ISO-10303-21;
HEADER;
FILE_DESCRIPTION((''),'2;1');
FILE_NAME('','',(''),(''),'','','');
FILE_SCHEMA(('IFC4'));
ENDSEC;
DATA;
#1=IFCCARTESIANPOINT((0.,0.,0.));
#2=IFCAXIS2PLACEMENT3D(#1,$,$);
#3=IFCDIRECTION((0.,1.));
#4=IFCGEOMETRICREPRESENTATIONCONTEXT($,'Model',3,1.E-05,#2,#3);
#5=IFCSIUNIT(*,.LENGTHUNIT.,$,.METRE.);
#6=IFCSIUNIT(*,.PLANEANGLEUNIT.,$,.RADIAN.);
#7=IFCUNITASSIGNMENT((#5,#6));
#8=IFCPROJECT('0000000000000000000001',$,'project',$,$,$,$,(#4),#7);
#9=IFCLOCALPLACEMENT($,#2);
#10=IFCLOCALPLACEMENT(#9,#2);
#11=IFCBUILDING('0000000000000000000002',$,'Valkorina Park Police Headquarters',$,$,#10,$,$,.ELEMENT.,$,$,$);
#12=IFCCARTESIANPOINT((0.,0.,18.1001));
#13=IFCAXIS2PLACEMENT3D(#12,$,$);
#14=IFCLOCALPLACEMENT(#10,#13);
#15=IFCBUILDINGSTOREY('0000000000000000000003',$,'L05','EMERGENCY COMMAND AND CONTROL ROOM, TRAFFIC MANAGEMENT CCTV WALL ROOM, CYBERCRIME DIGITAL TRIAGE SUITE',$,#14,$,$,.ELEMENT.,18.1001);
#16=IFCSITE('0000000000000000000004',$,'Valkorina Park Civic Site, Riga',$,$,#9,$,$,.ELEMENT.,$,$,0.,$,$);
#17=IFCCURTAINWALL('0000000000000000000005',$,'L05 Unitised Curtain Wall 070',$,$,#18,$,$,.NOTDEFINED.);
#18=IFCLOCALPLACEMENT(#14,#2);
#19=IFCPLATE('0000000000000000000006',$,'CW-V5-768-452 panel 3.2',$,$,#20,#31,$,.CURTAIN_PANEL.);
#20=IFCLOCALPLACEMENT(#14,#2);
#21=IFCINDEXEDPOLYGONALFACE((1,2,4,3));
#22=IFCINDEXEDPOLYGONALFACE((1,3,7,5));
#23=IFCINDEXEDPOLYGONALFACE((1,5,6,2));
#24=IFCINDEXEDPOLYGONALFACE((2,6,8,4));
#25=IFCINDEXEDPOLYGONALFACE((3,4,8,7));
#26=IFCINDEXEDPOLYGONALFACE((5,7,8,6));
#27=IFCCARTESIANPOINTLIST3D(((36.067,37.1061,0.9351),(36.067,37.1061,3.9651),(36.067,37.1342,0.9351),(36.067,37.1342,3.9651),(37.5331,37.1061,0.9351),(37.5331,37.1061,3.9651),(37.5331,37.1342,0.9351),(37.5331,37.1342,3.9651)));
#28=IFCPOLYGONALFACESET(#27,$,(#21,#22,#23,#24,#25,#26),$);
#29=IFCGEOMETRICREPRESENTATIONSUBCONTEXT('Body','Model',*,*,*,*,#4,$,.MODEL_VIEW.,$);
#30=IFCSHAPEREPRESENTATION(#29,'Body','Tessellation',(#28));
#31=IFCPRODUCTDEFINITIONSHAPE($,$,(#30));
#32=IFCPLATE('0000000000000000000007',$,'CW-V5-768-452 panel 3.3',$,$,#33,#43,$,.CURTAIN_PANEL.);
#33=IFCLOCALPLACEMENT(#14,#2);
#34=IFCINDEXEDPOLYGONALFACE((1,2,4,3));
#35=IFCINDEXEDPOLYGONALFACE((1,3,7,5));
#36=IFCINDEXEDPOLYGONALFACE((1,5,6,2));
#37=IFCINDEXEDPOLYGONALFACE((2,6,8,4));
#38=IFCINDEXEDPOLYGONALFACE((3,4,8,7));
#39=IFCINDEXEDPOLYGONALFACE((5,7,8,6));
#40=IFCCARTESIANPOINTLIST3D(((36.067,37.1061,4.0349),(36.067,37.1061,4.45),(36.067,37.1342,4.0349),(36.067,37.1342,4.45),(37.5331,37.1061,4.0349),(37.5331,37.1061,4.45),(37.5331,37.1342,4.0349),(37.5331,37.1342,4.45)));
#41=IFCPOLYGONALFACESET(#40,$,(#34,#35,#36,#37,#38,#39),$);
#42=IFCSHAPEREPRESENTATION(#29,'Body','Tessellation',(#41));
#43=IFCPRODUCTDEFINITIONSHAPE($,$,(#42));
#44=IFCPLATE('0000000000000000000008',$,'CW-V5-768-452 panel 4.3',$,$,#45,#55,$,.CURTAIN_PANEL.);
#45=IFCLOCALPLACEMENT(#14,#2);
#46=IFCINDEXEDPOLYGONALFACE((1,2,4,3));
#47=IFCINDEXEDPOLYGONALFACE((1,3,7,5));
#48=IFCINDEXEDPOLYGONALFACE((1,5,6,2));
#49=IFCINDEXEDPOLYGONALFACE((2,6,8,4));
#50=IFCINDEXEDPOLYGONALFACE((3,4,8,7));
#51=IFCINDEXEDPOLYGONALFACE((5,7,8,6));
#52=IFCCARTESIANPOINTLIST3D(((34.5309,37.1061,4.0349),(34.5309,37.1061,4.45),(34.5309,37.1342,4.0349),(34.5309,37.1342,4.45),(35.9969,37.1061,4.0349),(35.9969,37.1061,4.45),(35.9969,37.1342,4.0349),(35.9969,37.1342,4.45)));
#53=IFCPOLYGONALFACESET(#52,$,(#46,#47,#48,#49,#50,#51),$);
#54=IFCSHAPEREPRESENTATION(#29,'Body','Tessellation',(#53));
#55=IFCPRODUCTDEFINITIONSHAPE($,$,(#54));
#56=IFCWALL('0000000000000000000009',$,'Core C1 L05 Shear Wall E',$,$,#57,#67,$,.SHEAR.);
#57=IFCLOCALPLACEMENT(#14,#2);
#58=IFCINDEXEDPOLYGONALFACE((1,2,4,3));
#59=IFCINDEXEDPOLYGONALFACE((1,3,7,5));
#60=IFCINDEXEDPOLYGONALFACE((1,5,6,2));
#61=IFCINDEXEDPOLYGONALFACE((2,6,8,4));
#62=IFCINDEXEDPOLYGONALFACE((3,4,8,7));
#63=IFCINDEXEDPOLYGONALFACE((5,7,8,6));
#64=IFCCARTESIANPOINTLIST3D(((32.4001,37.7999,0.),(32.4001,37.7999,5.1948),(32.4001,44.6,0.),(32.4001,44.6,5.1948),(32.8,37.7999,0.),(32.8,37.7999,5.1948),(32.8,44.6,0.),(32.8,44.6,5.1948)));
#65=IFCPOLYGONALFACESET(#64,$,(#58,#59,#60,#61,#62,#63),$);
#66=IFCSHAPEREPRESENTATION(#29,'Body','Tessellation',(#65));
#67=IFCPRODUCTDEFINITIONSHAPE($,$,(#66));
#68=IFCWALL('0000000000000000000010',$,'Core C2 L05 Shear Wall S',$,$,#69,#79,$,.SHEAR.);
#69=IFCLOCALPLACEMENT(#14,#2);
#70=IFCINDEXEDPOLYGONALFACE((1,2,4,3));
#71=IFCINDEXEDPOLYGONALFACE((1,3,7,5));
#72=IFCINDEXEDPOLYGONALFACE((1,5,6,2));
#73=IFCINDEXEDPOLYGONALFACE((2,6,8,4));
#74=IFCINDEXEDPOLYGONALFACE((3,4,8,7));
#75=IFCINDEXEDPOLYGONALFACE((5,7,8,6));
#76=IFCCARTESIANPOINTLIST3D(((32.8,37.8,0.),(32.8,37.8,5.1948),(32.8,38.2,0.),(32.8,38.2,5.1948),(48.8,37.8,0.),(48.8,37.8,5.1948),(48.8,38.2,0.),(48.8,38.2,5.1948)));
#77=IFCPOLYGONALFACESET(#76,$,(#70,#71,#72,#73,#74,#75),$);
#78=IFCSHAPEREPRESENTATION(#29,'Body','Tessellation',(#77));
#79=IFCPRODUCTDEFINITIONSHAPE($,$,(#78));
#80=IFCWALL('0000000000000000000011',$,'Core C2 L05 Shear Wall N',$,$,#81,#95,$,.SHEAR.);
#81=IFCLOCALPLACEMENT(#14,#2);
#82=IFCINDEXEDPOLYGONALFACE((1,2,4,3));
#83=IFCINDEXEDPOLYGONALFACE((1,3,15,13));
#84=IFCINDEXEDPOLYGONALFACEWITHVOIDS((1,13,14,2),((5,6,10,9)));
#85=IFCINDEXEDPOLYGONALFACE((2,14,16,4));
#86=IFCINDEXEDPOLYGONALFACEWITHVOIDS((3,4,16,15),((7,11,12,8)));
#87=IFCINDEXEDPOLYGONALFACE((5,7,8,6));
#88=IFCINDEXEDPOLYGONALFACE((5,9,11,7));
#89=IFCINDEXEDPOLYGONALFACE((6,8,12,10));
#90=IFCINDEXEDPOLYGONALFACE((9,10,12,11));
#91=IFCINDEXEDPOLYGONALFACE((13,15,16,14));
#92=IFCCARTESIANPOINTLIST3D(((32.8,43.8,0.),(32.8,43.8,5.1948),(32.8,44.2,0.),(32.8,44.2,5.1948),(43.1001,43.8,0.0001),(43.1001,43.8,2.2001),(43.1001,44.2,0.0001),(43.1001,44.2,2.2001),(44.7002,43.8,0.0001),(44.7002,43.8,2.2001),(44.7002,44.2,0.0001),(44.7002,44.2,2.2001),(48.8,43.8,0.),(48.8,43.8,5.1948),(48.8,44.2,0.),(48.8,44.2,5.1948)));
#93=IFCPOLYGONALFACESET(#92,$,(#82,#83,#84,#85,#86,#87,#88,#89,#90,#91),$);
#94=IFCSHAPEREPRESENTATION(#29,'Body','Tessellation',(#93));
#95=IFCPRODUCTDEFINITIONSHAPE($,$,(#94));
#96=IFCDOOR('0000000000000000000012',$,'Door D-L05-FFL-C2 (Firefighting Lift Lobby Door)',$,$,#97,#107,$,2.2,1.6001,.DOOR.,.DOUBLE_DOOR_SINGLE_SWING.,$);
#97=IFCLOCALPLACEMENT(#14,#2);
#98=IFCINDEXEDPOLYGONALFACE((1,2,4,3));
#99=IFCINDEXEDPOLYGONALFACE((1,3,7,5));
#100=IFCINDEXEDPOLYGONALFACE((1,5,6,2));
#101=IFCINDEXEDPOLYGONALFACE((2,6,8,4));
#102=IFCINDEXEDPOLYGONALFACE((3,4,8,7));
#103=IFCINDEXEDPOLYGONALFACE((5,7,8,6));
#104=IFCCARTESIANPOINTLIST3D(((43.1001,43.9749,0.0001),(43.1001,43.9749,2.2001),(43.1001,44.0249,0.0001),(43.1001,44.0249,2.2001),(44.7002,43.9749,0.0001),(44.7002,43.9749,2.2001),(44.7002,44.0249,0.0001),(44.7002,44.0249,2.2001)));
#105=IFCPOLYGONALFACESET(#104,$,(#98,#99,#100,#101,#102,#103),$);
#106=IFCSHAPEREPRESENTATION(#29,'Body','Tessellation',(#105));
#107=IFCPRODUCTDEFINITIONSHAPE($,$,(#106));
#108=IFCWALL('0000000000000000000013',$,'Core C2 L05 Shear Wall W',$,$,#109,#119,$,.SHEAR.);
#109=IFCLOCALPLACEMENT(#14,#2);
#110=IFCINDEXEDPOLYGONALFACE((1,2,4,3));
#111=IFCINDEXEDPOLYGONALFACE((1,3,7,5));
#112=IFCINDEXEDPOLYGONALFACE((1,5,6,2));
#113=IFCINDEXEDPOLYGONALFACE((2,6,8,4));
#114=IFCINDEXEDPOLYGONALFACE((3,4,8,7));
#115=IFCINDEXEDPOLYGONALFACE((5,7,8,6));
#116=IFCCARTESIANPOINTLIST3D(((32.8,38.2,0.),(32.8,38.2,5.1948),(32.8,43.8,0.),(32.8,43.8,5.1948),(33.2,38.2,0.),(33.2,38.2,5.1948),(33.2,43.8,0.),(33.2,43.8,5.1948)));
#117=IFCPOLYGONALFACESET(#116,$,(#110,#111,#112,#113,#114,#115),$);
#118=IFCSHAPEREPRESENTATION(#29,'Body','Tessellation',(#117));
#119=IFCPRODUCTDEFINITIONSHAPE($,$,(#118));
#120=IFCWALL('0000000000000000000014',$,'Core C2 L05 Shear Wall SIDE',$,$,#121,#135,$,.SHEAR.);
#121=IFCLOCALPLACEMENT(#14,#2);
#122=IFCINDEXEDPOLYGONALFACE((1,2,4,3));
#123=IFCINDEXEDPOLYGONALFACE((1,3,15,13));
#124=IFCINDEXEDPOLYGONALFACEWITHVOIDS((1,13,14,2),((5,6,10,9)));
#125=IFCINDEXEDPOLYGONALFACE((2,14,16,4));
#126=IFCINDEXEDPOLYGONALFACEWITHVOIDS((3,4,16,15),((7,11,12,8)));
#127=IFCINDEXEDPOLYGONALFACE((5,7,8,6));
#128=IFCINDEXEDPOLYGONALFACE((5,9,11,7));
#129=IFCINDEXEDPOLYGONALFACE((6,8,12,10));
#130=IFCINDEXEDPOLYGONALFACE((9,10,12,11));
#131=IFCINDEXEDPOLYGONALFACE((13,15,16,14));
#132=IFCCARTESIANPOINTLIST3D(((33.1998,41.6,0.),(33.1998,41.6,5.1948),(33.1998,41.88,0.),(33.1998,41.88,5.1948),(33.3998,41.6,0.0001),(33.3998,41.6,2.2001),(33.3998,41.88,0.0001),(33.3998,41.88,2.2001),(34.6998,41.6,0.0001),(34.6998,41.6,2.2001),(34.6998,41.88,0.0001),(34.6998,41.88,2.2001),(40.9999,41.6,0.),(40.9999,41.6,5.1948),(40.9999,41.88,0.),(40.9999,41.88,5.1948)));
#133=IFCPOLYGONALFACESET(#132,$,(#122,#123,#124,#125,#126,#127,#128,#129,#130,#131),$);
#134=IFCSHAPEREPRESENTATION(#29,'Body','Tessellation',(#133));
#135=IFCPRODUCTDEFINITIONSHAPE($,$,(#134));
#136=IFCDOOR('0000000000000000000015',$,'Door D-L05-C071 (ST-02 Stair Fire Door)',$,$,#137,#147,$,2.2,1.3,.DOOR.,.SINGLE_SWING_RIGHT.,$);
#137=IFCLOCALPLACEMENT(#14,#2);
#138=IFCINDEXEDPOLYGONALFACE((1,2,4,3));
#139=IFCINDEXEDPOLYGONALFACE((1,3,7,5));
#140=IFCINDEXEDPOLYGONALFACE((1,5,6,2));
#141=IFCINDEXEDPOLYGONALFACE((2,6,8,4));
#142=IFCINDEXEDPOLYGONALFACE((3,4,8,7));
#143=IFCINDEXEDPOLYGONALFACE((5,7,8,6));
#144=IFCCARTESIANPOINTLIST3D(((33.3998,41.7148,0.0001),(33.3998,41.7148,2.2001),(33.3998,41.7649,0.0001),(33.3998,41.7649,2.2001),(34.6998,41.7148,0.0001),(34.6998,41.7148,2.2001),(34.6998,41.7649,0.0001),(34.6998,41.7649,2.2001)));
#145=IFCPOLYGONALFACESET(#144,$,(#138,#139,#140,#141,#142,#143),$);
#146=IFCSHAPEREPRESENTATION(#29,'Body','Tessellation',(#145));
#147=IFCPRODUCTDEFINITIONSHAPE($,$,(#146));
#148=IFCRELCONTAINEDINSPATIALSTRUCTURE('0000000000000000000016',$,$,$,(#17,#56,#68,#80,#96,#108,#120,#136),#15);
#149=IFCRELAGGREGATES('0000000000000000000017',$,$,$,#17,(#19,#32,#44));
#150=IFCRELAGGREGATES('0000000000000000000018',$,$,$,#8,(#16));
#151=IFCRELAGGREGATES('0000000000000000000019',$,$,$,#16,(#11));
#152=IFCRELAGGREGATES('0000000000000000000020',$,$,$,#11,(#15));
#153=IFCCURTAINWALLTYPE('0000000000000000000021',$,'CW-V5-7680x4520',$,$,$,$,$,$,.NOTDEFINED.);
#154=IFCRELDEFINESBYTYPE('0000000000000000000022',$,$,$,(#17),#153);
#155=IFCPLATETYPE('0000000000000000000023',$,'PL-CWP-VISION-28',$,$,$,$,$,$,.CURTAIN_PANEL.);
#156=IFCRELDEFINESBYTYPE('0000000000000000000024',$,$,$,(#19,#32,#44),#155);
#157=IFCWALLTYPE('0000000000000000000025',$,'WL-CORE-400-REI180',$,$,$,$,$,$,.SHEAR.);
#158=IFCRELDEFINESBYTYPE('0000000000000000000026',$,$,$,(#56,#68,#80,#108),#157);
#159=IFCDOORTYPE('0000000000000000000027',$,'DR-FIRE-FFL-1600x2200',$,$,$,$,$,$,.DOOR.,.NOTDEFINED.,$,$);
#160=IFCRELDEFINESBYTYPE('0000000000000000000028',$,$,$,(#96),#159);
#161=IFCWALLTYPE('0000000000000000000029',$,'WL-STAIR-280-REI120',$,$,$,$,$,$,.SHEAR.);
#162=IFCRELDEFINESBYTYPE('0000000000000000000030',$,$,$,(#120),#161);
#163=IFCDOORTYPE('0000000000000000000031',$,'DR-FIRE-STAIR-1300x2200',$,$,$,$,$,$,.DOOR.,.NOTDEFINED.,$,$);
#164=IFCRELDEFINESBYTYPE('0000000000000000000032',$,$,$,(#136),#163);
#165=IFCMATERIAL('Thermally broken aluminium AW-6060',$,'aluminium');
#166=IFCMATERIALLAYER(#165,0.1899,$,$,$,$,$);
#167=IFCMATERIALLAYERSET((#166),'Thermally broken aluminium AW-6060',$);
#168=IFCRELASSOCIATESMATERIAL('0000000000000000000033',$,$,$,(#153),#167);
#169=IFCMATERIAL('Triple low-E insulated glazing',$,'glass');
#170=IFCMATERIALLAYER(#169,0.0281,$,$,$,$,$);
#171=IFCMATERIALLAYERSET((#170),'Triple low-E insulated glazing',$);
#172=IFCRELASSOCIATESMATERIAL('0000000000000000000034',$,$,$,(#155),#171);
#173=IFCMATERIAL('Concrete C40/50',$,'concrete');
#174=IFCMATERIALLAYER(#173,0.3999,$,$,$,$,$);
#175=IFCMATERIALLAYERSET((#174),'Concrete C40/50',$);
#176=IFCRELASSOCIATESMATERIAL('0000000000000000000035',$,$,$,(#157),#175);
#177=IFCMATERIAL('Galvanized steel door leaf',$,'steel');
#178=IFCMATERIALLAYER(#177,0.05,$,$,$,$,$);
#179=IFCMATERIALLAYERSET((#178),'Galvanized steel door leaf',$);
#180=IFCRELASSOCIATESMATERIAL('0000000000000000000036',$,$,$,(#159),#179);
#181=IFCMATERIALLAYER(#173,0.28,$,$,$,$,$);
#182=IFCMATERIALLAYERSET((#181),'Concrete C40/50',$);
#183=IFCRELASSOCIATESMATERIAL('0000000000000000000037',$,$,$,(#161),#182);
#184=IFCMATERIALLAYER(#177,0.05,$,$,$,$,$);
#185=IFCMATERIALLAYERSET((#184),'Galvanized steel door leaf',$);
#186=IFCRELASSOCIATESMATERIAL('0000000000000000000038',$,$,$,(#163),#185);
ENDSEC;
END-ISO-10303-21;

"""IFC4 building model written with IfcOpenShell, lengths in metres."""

from ifc_helpers import new_model, si_unit, direction, frame, frame_2d, origin, origin_2d, place, context, subcontext, project, spatial, rectangle, extrude, material, layer, layer_set, type_object, element, fill, aggregate, save


model = new_model("IFC4")

# Units and contexts
model_context = context("Model", 3, precision=1e-05, world=origin(), true_north=direction((0.0, 1.0)))
body_context = subcontext(model_context, "Body", "Model", "MODEL_VIEW")
ifc_project = project(units=[si_unit("LENGTHUNIT", "METRE"), si_unit("PLANEANGLEUNIT", "RADIAN")], contexts=[model_context])

# Site, building, storey
site_placement = place(None, origin())
site = spatial("IfcSite", under=ifc_project, at=site_placement, Name="Valkorina Park Civic Site, Riga", CompositionType="ELEMENT", RefElevation=0.0)
building_placement = place(site_placement, origin())
building = spatial("IfcBuilding", under=site, at=building_placement, Name="Valkorina Park Police Headquarters", CompositionType="ELEMENT")
storey_placement = place(building_placement, frame((0.0, 0.0, 18.1001)))
storey = spatial("IfcBuildingStorey", under=building, at=storey_placement, Name="L05", Description="EMERGENCY COMMAND AND CONTROL ROOM, TRAFFIC MANAGEMENT CCTV WALL ROOM, CYBERCRIME DIGITAL TRIAGE SUITE", CompositionType="ELEMENT", Elevation=18.1001)

# Curtain wall, plates
ifc_material_1 = material(Name="Thermally broken aluminium AW-6060", Category="aluminium")
ifc_layer_1 = layer(ifc_material_1, 0.1899)
ifc_layer_set_1 = layer_set([ifc_layer_1], Name="Thermally broken aluminium AW-6060")
curtain_wall_type = type_object("IfcCurtainWallType", Name="CW-V5-7680x4520", PredefinedType="NOTDEFINED", material=ifc_layer_set_1)
curtain_wall_placement = place(storey_placement, origin())
curtain_wall = element("IfcCurtainWall", 1, at=curtain_wall_placement, inside=storey, type_object=curtain_wall_type, Name="L05 Unitised Curtain Wall 070", PredefinedType="NOTDEFINED")
ifc_material_2 = material(Name="Triple low-E insulated glazing", Category="glass")
ifc_layer_2 = layer(ifc_material_2, 0.0281)
ifc_layer_set_2 = layer_set([ifc_layer_2], Name="Triple low-E insulated glazing")
plate_type_1 = type_object("IfcPlateType", Name="PL-CWP-VISION-28", PredefinedType="CURTAIN_PANEL", material=ifc_layer_set_2)
plate_1_placement = place(storey_placement, frame((36.8, 37.1201, 0.9351), z_axis=(0.0, 0.0, 1.0), x_axis=(-1.0, 0.0, 0.0)))
plate_1 = element("IfcPlate", 2, at=plate_1_placement, type_object=plate_type_1, Name="CW-V5-768-452 panel 3.2", PredefinedType="CURTAIN_PANEL", context=body_context, shape_type="SweptSolid", body=[
    extrude(rectangle(XDim=1.4661, YDim=0.0281, at=origin_2d()), origin(), (0.0, 0.0, 1.0), 3.03),
])
plate_2_placement = place(storey_placement, frame((36.8, 37.1201, 4.0349), z_axis=(0.0, 0.0, 1.0), x_axis=(-1.0, 0.0, 0.0)))
plate_2 = element("IfcPlate", 3, at=plate_2_placement, type_object=plate_type_1, Name="CW-V5-768-452 panel 3.3", PredefinedType="CURTAIN_PANEL", context=body_context, shape_type="SweptSolid", body=[
    extrude(rectangle(XDim=1.4661, YDim=0.0281, at=origin_2d()), origin(), (0.0, 0.0, 1.0), 0.415),
])
plate_3_placement = place(storey_placement, frame((35.2639, 37.1201, 4.0349), z_axis=(0.0, 0.0, 1.0), x_axis=(-1.0, 0.0, 0.0)))
plate_3 = element("IfcPlate", 4, at=plate_3_placement, type_object=plate_type_1, Name="CW-V5-768-452 panel 4.3", PredefinedType="CURTAIN_PANEL", context=body_context, shape_type="SweptSolid", body=[
    extrude(rectangle(XDim=1.4661, YDim=0.0281, at=origin_2d()), origin(), (0.0, 0.0, 1.0), 0.415),
])
aggregate(curtain_wall, [plate_1, plate_2, plate_3])

# Walls
ifc_material_3 = material(Name="Concrete C40/50", Category="concrete")
ifc_layer_3 = layer(ifc_material_3, 0.3999)
ifc_layer_set_3 = layer_set([ifc_layer_3], Name="Concrete C40/50")
wall_type_1 = type_object("IfcWallType", Name="WL-CORE-400-REI180", PredefinedType="SHEAR", material=ifc_layer_set_3)
wall_1_placement = place(storey_placement, frame((32.6001, 37.8, 0.0), z_axis=(0.0, 0.0, 1.0), x_axis=(0.0, 1.0, 0.0)))
element("IfcWall", 5, at=wall_1_placement, inside=storey, type_object=wall_type_1, Name="Core C1 L05 Shear Wall E", PredefinedType="SHEAR", context=body_context, shape_type="SweptSolid", body=[
    extrude(rectangle(XDim=6.8, YDim=0.3999, at=frame_2d((3.3999, 0.0))), origin(), (0.0, 0.0, 1.0), 5.1948),
])
wall_2_placement = place(storey_placement, frame((32.8, 38.0, 0.0), z_axis=(0.0, 0.0, 1.0), x_axis=(1.0, 0.0, 0.0)))
element("IfcWall", 6, at=wall_2_placement, inside=storey, type_object=wall_type_1, Name="Core C2 L05 Shear Wall S", PredefinedType="SHEAR", context=body_context, shape_type="SweptSolid", body=[
    extrude(rectangle(XDim=16.0, YDim=0.3999, at=frame_2d((8.0, 0.0))), origin(), (0.0, 0.0, 1.0), 5.1948),
])

# Wall, opening, door
wall_3_placement = place(storey_placement, frame((32.8, 44.0, 0.0), z_axis=(0.0, 0.0, 1.0), x_axis=(1.0, 0.0, 0.0)))
wall_3 = element("IfcWall", 7, at=wall_3_placement, inside=storey, type_object=wall_type_1, Name="Core C2 L05 Shear Wall N", PredefinedType="SHEAR", context=body_context, shape_type="SweptSolid", body=[
    extrude(rectangle(XDim=16.0, YDim=0.3999, at=frame_2d((8.0, 0.0))), origin(), (0.0, 0.0, 1.0), 5.1948),
])
opening_1_placement = place(wall_3_placement, frame((10.3, 0.0, 0.0)))
opening_1 = element("IfcOpeningElement", 8, at=opening_1_placement, cuts=wall_3, PredefinedType="OPENING", context=body_context, shape_type="SweptSolid", body=[
    extrude(rectangle(XDim=1.6001, YDim=2.2, at=frame_2d((0.8, 1.1001))), frame((0.0, 0.21, 0.0), z_axis=(0.0, -1.0, 0.0), x_axis=(1.0, 0.0, 0.0)), (0.0, 0.0, 1.0), 0.4199),
])
ifc_material_4 = material(Name="Galvanized steel door leaf", Category="steel")
ifc_layer_4 = layer(ifc_material_4, 0.05)
ifc_layer_set_4 = layer_set([ifc_layer_4], Name="Galvanized steel door leaf")
door_type_1 = type_object("IfcDoorType", Name="DR-FIRE-FFL-1600x2200", OperationType="NOTDEFINED", PredefinedType="DOOR", material=ifc_layer_set_4)
door_1_placement = place(opening_1_placement, origin())
door_1 = element("IfcDoor", 9, at=door_1_placement, inside=storey, type_object=door_type_1, Name="Door D-L05-FFL-C2 (Firefighting Lift Lobby Door)", OperationType="DOUBLE_DOOR_SINGLE_SWING", OverallHeight=2.2, OverallWidth=1.6001, PredefinedType="DOOR", context=body_context, shape_type="SweptSolid", body=[
    extrude(rectangle(XDim=1.6001, YDim=2.2, at=frame_2d((0.8, 1.1001))), frame((0.0, 0.0249, 0.0), z_axis=(0.0, -1.0, 0.0), x_axis=(1.0, 0.0, 0.0)), (0.0, 0.0, 1.0), 0.05),
])
fill(opening_1, door_1)

# Wall
wall_4_placement = place(storey_placement, frame((33.0, 38.2, 0.0), z_axis=(0.0, 0.0, 1.0), x_axis=(0.0, 1.0, 0.0)))
element("IfcWall", 10, at=wall_4_placement, inside=storey, type_object=wall_type_1, Name="Core C2 L05 Shear Wall W", PredefinedType="SHEAR", context=body_context, shape_type="SweptSolid", body=[
    extrude(rectangle(XDim=5.6001, YDim=0.3999, at=frame_2d((2.8, 0.0))), origin(), (0.0, 0.0, 1.0), 5.1948),
])

# Wall, opening, door
ifc_layer_5 = layer(ifc_material_3, 0.28)
ifc_layer_set_5 = layer_set([ifc_layer_5], Name="Concrete C40/50")
wall_type_2 = type_object("IfcWallType", Name="WL-STAIR-280-REI120", PredefinedType="SHEAR", material=ifc_layer_set_5)
wall_5_placement = place(storey_placement, frame((33.2, 41.74, 0.0), z_axis=(0.0, 0.0, 1.0), x_axis=(1.0, 0.0, 0.0)))
wall_5 = element("IfcWall", 11, at=wall_5_placement, inside=storey, type_object=wall_type_2, Name="Core C2 L05 Shear Wall SIDE", PredefinedType="SHEAR", context=body_context, shape_type="SweptSolid", body=[
    extrude(rectangle(XDim=7.8, YDim=0.28, at=frame_2d((3.8999, 0.0))), origin(), (0.0, 0.0, 1.0), 5.1948),
])
opening_2_placement = place(wall_5_placement, frame((0.2, 0.0, 0.0)))
opening_2 = element("IfcOpeningElement", 12, at=opening_2_placement, cuts=wall_5, PredefinedType="OPENING", context=body_context, shape_type="SweptSolid", body=[
    extrude(rectangle(XDim=1.3, YDim=2.2, at=frame_2d((0.6499, 1.1001))), frame((0.0, 0.1499, 0.0), z_axis=(0.0, -1.0, 0.0), x_axis=(1.0, 0.0, 0.0)), (0.0, 0.0, 1.0), 0.3),
])
ifc_layer_6 = layer(ifc_material_4, 0.05)
ifc_layer_set_6 = layer_set([ifc_layer_6], Name="Galvanized steel door leaf")
door_type_2 = type_object("IfcDoorType", Name="DR-FIRE-STAIR-1300x2200", OperationType="NOTDEFINED", PredefinedType="DOOR", material=ifc_layer_set_6)
door_2_placement = place(opening_2_placement, origin())
door_2 = element("IfcDoor", 13, at=door_2_placement, inside=storey, type_object=door_type_2, Name="Door D-L05-C071 (ST-02 Stair Fire Door)", OperationType="SINGLE_SWING_RIGHT", OverallHeight=2.2, OverallWidth=1.3, PredefinedType="DOOR", context=body_context, shape_type="SweptSolid", body=[
    extrude(rectangle(XDim=1.3, YDim=2.2, at=frame_2d((0.6499, 1.1001))), frame((0.0, 0.0249, 0.0), z_axis=(0.0, -1.0, 0.0), x_axis=(1.0, 0.0, 0.0)), (0.0, 0.0, 1.0), 0.05),
])
fill(opening_2, door_2)

save(model, "model.ifc")
